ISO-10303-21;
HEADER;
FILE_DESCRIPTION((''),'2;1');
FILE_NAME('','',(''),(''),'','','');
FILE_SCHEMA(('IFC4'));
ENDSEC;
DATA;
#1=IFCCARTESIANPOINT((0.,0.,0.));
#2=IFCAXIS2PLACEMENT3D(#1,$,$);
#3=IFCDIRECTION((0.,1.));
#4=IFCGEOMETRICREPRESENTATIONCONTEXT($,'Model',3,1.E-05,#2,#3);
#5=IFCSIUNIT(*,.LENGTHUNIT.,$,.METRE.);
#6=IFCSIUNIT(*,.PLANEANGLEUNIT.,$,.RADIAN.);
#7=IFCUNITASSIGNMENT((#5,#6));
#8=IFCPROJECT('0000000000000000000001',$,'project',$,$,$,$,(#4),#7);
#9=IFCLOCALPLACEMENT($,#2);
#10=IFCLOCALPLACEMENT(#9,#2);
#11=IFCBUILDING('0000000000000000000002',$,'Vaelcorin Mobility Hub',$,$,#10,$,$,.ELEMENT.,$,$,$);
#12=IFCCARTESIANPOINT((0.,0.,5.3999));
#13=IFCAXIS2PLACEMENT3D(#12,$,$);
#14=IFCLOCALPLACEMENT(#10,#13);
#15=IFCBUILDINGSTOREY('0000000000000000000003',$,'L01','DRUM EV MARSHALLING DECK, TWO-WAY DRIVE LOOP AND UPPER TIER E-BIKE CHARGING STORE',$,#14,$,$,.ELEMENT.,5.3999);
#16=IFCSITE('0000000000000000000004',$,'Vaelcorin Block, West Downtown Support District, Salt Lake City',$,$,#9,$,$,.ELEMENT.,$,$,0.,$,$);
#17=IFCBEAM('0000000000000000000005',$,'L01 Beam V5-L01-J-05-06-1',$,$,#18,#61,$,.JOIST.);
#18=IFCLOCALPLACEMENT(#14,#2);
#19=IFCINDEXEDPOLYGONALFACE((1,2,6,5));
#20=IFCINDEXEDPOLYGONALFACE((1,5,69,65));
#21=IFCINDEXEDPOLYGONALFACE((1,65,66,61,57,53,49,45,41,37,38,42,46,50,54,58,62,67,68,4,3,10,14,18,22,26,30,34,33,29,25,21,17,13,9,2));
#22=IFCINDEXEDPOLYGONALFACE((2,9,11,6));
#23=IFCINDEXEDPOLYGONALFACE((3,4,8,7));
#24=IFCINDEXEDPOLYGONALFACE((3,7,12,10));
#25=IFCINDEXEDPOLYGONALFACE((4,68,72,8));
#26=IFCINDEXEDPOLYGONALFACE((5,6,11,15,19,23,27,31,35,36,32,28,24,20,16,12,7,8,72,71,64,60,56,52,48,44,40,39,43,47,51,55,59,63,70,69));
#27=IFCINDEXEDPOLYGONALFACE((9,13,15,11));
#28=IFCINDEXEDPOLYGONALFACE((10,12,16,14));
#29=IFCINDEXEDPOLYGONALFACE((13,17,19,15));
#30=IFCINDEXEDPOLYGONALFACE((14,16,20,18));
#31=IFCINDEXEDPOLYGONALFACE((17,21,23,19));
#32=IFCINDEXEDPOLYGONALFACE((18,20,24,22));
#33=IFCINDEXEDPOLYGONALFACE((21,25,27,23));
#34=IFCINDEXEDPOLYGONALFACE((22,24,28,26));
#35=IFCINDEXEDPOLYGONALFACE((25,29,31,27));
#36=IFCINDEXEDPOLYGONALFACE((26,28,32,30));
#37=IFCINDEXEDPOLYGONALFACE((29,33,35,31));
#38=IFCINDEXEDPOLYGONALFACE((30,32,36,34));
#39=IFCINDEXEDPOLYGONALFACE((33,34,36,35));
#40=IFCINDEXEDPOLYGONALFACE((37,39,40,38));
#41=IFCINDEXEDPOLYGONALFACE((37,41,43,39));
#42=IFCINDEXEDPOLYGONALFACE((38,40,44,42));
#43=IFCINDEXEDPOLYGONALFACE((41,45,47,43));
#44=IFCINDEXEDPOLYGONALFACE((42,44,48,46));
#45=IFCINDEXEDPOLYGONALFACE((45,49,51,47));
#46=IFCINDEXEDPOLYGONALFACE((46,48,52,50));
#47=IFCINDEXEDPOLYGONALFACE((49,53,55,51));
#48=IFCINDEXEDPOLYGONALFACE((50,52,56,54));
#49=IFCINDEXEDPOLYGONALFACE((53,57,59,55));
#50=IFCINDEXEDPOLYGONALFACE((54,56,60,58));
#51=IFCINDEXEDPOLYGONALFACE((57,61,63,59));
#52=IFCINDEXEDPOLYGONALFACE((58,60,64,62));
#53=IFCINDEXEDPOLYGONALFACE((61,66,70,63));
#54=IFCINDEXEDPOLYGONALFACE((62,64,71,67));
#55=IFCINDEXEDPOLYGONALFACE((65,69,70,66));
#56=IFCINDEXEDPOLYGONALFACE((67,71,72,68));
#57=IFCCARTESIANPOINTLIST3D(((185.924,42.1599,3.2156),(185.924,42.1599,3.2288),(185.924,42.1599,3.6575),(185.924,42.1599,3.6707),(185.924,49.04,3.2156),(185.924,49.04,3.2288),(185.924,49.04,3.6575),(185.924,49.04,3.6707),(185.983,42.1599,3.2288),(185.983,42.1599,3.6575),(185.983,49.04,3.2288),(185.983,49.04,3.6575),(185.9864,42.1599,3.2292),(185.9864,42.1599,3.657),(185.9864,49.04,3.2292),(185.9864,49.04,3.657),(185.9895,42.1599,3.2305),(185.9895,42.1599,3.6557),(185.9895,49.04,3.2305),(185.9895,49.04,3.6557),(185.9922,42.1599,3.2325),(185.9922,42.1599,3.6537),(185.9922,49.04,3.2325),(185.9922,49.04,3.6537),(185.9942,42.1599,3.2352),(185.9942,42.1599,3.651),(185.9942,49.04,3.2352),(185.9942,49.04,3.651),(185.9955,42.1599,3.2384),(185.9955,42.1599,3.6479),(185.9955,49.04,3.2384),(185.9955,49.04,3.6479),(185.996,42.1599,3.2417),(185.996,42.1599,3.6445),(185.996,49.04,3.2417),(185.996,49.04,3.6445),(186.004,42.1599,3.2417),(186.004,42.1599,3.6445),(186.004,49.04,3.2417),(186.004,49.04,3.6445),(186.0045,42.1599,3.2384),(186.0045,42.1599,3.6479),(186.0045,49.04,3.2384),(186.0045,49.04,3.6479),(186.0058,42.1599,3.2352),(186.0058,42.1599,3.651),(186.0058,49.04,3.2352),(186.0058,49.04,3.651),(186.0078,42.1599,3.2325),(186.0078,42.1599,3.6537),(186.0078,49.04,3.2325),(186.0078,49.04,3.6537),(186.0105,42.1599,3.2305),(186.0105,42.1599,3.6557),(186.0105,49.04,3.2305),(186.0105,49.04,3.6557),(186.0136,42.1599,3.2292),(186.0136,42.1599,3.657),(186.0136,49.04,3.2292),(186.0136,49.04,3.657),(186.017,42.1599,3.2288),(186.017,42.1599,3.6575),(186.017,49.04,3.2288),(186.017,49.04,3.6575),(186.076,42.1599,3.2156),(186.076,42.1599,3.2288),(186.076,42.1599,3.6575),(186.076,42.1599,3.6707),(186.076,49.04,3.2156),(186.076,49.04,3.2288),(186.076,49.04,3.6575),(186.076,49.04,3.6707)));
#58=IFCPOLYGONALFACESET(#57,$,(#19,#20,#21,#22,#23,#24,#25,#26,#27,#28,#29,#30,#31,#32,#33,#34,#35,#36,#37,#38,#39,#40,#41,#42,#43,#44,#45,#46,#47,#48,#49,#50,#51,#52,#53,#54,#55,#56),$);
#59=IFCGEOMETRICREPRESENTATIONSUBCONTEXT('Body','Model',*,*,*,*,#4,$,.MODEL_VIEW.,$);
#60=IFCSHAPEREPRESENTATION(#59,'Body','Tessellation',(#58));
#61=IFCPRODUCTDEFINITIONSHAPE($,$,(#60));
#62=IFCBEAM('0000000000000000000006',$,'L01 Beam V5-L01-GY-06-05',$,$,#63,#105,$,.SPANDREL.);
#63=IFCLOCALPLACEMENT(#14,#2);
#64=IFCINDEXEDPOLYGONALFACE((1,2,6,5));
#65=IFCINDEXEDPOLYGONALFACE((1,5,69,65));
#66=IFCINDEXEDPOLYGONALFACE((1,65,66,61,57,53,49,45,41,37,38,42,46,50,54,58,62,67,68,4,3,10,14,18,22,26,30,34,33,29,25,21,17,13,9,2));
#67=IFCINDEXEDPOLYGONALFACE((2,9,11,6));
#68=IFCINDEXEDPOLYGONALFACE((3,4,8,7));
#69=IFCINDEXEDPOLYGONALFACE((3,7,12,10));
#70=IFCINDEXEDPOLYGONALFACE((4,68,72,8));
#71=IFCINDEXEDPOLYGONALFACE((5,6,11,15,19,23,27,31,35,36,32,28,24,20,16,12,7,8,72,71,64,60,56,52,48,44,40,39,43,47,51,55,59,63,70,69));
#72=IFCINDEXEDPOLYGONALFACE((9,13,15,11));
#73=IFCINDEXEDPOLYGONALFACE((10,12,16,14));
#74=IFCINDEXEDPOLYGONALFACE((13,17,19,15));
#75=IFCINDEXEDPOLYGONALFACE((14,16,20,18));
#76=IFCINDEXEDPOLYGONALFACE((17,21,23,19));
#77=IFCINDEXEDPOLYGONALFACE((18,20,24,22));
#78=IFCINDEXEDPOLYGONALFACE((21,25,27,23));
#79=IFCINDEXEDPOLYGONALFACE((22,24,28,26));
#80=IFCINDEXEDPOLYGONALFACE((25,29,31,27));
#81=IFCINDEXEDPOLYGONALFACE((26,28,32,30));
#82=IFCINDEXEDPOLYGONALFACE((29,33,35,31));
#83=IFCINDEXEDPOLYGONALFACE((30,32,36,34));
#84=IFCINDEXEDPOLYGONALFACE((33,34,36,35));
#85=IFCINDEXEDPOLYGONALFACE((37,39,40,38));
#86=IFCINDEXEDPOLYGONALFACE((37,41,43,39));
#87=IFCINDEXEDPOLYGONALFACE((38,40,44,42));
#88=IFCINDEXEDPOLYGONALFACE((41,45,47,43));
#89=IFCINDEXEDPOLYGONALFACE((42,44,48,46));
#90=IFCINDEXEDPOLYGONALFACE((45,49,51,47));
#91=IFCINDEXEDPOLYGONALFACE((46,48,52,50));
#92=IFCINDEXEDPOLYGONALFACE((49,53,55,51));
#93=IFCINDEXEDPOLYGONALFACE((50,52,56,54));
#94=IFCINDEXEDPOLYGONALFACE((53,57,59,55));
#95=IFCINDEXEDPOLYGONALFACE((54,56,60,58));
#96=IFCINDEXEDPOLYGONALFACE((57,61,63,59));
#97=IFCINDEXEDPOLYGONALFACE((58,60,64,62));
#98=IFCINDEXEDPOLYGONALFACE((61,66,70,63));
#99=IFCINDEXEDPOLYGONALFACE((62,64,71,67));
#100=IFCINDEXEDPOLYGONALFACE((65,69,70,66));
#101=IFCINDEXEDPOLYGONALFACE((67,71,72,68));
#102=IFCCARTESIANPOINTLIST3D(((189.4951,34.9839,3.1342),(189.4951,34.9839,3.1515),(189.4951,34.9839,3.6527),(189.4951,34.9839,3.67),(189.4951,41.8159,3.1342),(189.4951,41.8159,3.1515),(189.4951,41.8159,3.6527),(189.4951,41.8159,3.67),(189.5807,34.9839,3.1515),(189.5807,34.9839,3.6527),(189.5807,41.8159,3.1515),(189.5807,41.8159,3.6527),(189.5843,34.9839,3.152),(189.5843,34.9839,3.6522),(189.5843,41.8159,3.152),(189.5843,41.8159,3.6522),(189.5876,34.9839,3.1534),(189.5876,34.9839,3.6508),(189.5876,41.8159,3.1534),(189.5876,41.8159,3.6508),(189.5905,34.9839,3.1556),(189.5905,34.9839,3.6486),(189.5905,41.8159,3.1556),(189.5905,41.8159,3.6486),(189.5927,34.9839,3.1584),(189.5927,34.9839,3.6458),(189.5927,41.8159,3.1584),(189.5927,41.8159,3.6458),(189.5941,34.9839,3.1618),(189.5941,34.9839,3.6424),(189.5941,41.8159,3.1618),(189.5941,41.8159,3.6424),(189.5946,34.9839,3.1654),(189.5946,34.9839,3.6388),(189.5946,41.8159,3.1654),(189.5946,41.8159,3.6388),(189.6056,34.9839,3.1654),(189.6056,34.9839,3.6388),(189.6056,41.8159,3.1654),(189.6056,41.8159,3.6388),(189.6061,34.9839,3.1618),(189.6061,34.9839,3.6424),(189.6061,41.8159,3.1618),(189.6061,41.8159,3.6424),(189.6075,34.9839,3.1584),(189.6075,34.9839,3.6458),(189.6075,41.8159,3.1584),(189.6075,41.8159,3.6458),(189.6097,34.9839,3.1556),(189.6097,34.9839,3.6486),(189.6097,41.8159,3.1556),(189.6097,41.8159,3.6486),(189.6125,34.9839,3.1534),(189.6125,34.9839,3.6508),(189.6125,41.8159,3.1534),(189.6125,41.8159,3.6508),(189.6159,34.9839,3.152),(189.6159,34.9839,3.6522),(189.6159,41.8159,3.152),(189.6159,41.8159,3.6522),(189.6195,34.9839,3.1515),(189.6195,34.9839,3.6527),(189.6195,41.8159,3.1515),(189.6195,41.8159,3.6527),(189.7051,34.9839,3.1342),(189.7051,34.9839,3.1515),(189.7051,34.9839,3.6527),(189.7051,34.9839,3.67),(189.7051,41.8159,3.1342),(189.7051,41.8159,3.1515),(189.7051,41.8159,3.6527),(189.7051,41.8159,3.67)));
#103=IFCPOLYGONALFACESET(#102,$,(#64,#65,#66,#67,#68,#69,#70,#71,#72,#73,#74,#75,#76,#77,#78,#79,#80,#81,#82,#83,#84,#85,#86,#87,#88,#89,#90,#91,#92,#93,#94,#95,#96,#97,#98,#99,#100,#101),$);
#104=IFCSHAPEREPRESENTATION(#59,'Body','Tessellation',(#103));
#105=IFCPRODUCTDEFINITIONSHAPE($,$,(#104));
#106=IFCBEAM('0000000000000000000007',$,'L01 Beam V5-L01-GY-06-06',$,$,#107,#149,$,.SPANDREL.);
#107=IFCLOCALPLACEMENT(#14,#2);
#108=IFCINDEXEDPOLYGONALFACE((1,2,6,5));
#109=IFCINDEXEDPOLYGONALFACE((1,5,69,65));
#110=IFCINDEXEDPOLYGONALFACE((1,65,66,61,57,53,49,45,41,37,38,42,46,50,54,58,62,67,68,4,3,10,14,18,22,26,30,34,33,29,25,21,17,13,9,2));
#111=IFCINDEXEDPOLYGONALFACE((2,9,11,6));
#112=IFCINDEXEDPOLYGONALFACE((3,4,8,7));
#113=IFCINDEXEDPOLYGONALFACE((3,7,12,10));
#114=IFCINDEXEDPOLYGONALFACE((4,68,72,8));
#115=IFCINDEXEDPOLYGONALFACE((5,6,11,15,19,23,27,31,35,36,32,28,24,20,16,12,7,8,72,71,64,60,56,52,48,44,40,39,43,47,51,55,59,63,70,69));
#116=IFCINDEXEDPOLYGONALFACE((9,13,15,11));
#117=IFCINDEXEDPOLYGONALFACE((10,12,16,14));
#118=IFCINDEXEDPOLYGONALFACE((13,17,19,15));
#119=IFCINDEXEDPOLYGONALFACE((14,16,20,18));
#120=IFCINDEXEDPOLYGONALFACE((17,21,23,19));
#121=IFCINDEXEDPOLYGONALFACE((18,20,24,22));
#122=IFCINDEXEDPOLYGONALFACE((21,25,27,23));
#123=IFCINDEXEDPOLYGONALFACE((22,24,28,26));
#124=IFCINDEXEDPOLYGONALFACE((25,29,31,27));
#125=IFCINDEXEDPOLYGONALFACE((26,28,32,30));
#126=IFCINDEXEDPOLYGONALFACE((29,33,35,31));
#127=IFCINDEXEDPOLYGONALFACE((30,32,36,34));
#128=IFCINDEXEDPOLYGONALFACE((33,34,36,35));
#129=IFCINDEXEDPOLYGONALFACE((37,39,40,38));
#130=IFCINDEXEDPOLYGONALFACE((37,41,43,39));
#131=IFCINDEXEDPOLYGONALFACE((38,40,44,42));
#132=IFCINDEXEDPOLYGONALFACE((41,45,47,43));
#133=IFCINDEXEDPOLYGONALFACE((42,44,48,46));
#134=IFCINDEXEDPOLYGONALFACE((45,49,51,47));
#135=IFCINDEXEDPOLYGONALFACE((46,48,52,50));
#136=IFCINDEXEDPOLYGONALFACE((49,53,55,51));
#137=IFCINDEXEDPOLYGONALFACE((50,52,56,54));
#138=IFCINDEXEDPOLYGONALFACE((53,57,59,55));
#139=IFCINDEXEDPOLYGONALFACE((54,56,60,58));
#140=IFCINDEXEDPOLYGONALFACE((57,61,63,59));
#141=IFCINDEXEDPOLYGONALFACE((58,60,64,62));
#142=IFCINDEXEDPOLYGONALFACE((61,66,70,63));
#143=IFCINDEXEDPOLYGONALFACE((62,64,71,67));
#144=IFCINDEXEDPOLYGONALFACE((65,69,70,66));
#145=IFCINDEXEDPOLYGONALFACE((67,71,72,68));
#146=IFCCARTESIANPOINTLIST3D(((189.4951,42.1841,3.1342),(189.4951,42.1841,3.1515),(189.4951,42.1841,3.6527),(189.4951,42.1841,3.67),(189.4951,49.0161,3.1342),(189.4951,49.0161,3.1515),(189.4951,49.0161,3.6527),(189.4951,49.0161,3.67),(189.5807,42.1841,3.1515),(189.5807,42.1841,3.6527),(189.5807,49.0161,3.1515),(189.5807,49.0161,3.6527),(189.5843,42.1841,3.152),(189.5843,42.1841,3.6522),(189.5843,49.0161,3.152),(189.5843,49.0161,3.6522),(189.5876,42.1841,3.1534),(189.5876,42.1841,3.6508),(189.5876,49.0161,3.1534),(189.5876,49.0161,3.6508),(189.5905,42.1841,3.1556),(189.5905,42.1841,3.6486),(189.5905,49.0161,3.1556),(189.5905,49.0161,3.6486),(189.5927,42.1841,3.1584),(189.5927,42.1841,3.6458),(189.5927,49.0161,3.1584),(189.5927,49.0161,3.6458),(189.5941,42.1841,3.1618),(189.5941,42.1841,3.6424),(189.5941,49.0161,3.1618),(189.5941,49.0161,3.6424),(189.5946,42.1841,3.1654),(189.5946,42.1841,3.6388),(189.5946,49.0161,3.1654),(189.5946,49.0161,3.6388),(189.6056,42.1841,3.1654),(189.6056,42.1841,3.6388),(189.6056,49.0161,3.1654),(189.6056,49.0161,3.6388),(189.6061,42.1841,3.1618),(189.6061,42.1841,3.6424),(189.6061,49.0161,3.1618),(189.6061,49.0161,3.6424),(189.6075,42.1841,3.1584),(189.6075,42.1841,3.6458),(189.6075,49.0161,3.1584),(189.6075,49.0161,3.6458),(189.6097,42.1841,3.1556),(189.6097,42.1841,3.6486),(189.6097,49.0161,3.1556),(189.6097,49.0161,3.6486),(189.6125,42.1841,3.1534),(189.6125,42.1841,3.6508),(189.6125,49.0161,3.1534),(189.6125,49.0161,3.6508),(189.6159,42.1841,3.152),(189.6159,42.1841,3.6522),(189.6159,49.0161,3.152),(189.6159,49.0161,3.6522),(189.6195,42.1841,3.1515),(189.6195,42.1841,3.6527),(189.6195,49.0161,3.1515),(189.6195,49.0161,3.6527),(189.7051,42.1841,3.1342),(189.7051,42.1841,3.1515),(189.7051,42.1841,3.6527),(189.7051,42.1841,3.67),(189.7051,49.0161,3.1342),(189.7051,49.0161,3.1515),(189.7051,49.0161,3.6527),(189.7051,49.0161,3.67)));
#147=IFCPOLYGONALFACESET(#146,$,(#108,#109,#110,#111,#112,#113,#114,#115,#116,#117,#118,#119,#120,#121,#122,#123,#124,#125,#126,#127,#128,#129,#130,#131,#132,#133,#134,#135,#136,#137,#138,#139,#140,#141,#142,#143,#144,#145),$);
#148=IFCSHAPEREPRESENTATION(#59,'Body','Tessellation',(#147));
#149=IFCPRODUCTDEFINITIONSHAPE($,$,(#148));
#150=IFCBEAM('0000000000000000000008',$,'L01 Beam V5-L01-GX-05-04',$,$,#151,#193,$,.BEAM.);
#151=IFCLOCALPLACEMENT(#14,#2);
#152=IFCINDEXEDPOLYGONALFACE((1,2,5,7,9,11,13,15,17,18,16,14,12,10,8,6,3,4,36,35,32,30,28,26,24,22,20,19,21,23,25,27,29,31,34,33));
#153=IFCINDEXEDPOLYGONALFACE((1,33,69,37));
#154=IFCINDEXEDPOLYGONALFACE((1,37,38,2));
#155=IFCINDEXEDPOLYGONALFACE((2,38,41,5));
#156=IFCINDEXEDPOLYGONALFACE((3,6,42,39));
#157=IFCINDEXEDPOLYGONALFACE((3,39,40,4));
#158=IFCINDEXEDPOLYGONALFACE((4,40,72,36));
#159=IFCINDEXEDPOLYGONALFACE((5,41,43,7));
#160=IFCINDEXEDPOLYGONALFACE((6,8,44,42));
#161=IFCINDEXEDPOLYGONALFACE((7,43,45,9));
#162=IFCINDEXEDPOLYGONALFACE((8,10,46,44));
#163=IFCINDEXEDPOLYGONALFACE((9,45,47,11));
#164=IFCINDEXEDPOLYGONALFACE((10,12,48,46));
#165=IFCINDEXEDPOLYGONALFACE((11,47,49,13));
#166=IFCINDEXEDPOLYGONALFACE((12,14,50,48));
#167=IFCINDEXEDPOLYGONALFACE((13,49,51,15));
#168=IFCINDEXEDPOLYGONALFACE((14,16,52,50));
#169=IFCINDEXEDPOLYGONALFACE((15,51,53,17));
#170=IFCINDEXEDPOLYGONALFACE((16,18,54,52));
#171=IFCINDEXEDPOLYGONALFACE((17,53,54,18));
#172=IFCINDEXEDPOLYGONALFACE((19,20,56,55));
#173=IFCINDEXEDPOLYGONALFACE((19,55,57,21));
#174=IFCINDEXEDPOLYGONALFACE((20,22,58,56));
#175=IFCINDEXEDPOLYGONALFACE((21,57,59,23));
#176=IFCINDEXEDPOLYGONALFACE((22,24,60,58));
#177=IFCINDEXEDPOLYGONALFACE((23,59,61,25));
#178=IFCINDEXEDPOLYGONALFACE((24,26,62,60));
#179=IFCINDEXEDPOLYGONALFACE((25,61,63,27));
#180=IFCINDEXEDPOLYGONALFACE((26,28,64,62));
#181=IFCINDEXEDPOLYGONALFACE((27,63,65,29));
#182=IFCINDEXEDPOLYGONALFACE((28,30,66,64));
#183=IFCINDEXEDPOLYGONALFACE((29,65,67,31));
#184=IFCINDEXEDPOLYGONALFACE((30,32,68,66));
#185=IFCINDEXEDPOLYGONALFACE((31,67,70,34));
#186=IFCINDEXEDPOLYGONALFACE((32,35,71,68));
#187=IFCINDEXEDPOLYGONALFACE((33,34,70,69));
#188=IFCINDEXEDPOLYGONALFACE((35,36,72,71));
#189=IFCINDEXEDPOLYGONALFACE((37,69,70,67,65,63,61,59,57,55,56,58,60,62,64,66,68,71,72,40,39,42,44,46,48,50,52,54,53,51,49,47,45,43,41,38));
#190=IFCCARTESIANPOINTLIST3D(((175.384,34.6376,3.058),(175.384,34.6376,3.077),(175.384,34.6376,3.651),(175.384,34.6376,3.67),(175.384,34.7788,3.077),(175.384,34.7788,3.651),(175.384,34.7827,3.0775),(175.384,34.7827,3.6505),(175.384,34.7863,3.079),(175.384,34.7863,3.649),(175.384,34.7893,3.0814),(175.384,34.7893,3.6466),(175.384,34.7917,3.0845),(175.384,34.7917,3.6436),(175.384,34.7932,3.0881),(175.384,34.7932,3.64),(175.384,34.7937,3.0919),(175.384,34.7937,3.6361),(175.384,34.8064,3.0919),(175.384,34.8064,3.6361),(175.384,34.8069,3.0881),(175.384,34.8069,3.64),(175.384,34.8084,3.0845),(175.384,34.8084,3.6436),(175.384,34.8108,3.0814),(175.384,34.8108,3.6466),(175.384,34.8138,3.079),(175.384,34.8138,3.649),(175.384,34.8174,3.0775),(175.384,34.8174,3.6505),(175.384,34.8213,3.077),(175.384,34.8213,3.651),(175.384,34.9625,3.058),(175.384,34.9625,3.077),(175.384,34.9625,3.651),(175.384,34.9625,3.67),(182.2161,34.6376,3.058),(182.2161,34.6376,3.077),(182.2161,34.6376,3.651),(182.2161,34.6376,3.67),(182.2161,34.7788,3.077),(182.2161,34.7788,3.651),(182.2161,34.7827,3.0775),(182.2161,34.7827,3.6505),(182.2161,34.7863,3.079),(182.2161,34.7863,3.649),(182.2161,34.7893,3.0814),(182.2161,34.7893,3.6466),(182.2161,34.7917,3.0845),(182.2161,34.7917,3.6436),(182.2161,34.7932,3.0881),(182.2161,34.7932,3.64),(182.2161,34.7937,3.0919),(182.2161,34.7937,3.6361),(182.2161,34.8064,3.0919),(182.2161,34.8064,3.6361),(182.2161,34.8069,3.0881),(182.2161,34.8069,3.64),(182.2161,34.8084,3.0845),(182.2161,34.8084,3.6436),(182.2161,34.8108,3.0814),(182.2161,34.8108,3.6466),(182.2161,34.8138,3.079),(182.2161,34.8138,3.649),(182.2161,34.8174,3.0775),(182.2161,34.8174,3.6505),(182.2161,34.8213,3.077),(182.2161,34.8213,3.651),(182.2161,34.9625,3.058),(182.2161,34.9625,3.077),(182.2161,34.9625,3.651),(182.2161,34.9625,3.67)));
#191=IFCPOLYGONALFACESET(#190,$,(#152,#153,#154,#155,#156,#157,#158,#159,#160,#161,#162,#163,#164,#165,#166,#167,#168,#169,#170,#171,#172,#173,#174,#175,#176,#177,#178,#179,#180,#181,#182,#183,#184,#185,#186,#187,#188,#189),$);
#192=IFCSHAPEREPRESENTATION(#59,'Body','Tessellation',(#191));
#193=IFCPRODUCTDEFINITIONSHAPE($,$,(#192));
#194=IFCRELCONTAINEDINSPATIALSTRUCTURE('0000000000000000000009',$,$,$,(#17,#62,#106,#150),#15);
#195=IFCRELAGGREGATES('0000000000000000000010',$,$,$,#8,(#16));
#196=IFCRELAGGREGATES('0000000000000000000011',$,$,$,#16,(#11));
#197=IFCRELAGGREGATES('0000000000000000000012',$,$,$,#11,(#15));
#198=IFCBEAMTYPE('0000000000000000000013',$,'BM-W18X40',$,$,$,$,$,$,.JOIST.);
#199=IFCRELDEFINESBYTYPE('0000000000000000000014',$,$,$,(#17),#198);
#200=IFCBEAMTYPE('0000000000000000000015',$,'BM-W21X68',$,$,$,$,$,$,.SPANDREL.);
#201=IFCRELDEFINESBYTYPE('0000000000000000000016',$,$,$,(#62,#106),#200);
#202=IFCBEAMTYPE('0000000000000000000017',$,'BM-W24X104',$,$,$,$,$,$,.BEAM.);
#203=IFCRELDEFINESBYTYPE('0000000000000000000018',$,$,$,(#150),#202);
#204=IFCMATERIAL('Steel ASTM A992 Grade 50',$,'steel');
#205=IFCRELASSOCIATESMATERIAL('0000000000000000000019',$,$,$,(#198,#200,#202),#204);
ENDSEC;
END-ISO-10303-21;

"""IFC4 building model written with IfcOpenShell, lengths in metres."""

from ifc_helpers import new_model, si_unit, direction, frame, origin, origin_2d, place, context, subcontext, project, spatial, i_section, extrude, material, material_profile, profile_set, type_object, element, save


model = new_model("IFC4")

# Units and contexts
model_context = context("Model", 3, precision=1e-05, world=origin(), true_north=direction((0.0, 1.0)))
body_context = subcontext(model_context, "Body", "Model", "MODEL_VIEW")
ifc_project = project(units=[si_unit("LENGTHUNIT", "METRE"), si_unit("PLANEANGLEUNIT", "RADIAN")], contexts=[model_context])

# Site, building, storey
site_placement = place(None, origin())
site = spatial("IfcSite", under=ifc_project, at=site_placement, Name="Vaelcorin Block, West Downtown Support District, Salt Lake City", CompositionType="ELEMENT", RefElevation=0.0)
building_placement = place(site_placement, origin())
building = spatial("IfcBuilding", under=site, at=building_placement, Name="Vaelcorin Mobility Hub", CompositionType="ELEMENT")
storey_placement = place(building_placement, frame((0.0, 0.0, 5.3999)))
storey = spatial("IfcBuildingStorey", under=building, at=storey_placement, Name="L01", Description="DRUM EV MARSHALLING DECK, TWO-WAY DRIVE LOOP AND UPPER TIER E-BIKE CHARGING STORE", CompositionType="ELEMENT", Elevation=5.3999)

# Shared definitions
ifc_material_1 = material(Name="Steel ASTM A992 Grade 50", Category="steel")

# Beams
ifc_material_profile_1 = material_profile(ifc_material_1, i_section(OverallWidth=0.1521, OverallDepth=0.4551, WebThickness=0.0081, FlangeThickness=0.0132, FilletRadius=0.0129, at=origin_2d()), Name="W18X40")
ifc_profile_set_1 = profile_set([ifc_material_profile_1], Name="Steel ASTM A992 Grade 50")
beam_type_1 = type_object("IfcBeamType", Name="BM-W18X40", PredefinedType="JOIST", material=ifc_profile_set_1)
for number, where, z_axis, x_axis, name in (
    (1, (186.0, 42.1599, 3.4431), (0.0, 1.0, 0.0), (-1.0, 0.0, 0.0), "L01 Beam V5-L01-J-05-06-1"),
):
    element("IfcBeam", number, at=place(storey_placement, frame(where, z_axis=z_axis, x_axis=x_axis)), inside=storey, type_object=beam_type_1, Name=name, PredefinedType="JOIST", context=body_context, shape_type="SweptSolid", body=[
        extrude(i_section(OverallWidth=0.1521, OverallDepth=0.4551, WebThickness=0.0081, FlangeThickness=0.0132, FilletRadius=0.0129, at=origin_2d()), origin(), (0.0, 0.0, 1.0), 6.8801),
    ])
ifc_material_profile_2 = material_profile(ifc_material_1, i_section(OverallWidth=0.21, OverallDepth=0.5359, WebThickness=0.011, FlangeThickness=0.0173, FilletRadius=0.0139, at=origin_2d()), Name="W21X68")
ifc_profile_set_2 = profile_set([ifc_material_profile_2], Name="Steel ASTM A992 Grade 50")
beam_type_2 = type_object("IfcBeamType", Name="BM-W21X68", PredefinedType="SPANDREL", material=ifc_profile_set_2)
for number, where, z_axis, x_axis, name in (
    (2, (189.6001, 34.9839, 3.4021), (0.0, 1.0, 0.0), (-1.0, 0.0, 0.0), "L01 Beam V5-L01-GY-06-05"),
    (3, (189.6001, 42.1841, 3.4021), (0.0, 1.0, 0.0), (-1.0, 0.0, 0.0), "L01 Beam V5-L01-GY-06-06"),
):
    element("IfcBeam", number, at=place(storey_placement, frame(where, z_axis=z_axis, x_axis=x_axis)), inside=storey, type_object=beam_type_2, Name=name, PredefinedType="SPANDREL", context=body_context, shape_type="SweptSolid", body=[
        extrude(i_section(OverallWidth=0.21, OverallDepth=0.5359, WebThickness=0.011, FlangeThickness=0.0173, FilletRadius=0.0139, at=origin_2d()), origin(), (0.0, 0.0, 1.0), 6.832),
    ])
ifc_material_profile_3 = material_profile(ifc_material_1, i_section(OverallWidth=0.325, OverallDepth=0.6121, WebThickness=0.0127, FlangeThickness=0.019, FilletRadius=0.0149, at=origin_2d()), Name="W24X104")
ifc_profile_set_3 = profile_set([ifc_material_profile_3], Name="Steel ASTM A992 Grade 50")
beam_type_3 = type_object("IfcBeamType", Name="BM-W24X104", PredefinedType="BEAM", material=ifc_profile_set_3)
beam_1_placement = place(storey_placement, frame((175.384, 34.8, 3.364), z_axis=(1.0, 0.0, 0.0), x_axis=(0.0, 1.0, 0.0)))
element("IfcBeam", 4, at=beam_1_placement, inside=storey, type_object=beam_type_3, Name="L01 Beam V5-L01-GX-05-04", PredefinedType="BEAM", context=body_context, shape_type="SweptSolid", body=[
    extrude(i_section(OverallWidth=0.325, OverallDepth=0.6121, WebThickness=0.0127, FlangeThickness=0.019, FilletRadius=0.0149, at=origin_2d()), origin(), (0.0, 0.0, 1.0), 6.832),
])

save(model, "model.ifc")
